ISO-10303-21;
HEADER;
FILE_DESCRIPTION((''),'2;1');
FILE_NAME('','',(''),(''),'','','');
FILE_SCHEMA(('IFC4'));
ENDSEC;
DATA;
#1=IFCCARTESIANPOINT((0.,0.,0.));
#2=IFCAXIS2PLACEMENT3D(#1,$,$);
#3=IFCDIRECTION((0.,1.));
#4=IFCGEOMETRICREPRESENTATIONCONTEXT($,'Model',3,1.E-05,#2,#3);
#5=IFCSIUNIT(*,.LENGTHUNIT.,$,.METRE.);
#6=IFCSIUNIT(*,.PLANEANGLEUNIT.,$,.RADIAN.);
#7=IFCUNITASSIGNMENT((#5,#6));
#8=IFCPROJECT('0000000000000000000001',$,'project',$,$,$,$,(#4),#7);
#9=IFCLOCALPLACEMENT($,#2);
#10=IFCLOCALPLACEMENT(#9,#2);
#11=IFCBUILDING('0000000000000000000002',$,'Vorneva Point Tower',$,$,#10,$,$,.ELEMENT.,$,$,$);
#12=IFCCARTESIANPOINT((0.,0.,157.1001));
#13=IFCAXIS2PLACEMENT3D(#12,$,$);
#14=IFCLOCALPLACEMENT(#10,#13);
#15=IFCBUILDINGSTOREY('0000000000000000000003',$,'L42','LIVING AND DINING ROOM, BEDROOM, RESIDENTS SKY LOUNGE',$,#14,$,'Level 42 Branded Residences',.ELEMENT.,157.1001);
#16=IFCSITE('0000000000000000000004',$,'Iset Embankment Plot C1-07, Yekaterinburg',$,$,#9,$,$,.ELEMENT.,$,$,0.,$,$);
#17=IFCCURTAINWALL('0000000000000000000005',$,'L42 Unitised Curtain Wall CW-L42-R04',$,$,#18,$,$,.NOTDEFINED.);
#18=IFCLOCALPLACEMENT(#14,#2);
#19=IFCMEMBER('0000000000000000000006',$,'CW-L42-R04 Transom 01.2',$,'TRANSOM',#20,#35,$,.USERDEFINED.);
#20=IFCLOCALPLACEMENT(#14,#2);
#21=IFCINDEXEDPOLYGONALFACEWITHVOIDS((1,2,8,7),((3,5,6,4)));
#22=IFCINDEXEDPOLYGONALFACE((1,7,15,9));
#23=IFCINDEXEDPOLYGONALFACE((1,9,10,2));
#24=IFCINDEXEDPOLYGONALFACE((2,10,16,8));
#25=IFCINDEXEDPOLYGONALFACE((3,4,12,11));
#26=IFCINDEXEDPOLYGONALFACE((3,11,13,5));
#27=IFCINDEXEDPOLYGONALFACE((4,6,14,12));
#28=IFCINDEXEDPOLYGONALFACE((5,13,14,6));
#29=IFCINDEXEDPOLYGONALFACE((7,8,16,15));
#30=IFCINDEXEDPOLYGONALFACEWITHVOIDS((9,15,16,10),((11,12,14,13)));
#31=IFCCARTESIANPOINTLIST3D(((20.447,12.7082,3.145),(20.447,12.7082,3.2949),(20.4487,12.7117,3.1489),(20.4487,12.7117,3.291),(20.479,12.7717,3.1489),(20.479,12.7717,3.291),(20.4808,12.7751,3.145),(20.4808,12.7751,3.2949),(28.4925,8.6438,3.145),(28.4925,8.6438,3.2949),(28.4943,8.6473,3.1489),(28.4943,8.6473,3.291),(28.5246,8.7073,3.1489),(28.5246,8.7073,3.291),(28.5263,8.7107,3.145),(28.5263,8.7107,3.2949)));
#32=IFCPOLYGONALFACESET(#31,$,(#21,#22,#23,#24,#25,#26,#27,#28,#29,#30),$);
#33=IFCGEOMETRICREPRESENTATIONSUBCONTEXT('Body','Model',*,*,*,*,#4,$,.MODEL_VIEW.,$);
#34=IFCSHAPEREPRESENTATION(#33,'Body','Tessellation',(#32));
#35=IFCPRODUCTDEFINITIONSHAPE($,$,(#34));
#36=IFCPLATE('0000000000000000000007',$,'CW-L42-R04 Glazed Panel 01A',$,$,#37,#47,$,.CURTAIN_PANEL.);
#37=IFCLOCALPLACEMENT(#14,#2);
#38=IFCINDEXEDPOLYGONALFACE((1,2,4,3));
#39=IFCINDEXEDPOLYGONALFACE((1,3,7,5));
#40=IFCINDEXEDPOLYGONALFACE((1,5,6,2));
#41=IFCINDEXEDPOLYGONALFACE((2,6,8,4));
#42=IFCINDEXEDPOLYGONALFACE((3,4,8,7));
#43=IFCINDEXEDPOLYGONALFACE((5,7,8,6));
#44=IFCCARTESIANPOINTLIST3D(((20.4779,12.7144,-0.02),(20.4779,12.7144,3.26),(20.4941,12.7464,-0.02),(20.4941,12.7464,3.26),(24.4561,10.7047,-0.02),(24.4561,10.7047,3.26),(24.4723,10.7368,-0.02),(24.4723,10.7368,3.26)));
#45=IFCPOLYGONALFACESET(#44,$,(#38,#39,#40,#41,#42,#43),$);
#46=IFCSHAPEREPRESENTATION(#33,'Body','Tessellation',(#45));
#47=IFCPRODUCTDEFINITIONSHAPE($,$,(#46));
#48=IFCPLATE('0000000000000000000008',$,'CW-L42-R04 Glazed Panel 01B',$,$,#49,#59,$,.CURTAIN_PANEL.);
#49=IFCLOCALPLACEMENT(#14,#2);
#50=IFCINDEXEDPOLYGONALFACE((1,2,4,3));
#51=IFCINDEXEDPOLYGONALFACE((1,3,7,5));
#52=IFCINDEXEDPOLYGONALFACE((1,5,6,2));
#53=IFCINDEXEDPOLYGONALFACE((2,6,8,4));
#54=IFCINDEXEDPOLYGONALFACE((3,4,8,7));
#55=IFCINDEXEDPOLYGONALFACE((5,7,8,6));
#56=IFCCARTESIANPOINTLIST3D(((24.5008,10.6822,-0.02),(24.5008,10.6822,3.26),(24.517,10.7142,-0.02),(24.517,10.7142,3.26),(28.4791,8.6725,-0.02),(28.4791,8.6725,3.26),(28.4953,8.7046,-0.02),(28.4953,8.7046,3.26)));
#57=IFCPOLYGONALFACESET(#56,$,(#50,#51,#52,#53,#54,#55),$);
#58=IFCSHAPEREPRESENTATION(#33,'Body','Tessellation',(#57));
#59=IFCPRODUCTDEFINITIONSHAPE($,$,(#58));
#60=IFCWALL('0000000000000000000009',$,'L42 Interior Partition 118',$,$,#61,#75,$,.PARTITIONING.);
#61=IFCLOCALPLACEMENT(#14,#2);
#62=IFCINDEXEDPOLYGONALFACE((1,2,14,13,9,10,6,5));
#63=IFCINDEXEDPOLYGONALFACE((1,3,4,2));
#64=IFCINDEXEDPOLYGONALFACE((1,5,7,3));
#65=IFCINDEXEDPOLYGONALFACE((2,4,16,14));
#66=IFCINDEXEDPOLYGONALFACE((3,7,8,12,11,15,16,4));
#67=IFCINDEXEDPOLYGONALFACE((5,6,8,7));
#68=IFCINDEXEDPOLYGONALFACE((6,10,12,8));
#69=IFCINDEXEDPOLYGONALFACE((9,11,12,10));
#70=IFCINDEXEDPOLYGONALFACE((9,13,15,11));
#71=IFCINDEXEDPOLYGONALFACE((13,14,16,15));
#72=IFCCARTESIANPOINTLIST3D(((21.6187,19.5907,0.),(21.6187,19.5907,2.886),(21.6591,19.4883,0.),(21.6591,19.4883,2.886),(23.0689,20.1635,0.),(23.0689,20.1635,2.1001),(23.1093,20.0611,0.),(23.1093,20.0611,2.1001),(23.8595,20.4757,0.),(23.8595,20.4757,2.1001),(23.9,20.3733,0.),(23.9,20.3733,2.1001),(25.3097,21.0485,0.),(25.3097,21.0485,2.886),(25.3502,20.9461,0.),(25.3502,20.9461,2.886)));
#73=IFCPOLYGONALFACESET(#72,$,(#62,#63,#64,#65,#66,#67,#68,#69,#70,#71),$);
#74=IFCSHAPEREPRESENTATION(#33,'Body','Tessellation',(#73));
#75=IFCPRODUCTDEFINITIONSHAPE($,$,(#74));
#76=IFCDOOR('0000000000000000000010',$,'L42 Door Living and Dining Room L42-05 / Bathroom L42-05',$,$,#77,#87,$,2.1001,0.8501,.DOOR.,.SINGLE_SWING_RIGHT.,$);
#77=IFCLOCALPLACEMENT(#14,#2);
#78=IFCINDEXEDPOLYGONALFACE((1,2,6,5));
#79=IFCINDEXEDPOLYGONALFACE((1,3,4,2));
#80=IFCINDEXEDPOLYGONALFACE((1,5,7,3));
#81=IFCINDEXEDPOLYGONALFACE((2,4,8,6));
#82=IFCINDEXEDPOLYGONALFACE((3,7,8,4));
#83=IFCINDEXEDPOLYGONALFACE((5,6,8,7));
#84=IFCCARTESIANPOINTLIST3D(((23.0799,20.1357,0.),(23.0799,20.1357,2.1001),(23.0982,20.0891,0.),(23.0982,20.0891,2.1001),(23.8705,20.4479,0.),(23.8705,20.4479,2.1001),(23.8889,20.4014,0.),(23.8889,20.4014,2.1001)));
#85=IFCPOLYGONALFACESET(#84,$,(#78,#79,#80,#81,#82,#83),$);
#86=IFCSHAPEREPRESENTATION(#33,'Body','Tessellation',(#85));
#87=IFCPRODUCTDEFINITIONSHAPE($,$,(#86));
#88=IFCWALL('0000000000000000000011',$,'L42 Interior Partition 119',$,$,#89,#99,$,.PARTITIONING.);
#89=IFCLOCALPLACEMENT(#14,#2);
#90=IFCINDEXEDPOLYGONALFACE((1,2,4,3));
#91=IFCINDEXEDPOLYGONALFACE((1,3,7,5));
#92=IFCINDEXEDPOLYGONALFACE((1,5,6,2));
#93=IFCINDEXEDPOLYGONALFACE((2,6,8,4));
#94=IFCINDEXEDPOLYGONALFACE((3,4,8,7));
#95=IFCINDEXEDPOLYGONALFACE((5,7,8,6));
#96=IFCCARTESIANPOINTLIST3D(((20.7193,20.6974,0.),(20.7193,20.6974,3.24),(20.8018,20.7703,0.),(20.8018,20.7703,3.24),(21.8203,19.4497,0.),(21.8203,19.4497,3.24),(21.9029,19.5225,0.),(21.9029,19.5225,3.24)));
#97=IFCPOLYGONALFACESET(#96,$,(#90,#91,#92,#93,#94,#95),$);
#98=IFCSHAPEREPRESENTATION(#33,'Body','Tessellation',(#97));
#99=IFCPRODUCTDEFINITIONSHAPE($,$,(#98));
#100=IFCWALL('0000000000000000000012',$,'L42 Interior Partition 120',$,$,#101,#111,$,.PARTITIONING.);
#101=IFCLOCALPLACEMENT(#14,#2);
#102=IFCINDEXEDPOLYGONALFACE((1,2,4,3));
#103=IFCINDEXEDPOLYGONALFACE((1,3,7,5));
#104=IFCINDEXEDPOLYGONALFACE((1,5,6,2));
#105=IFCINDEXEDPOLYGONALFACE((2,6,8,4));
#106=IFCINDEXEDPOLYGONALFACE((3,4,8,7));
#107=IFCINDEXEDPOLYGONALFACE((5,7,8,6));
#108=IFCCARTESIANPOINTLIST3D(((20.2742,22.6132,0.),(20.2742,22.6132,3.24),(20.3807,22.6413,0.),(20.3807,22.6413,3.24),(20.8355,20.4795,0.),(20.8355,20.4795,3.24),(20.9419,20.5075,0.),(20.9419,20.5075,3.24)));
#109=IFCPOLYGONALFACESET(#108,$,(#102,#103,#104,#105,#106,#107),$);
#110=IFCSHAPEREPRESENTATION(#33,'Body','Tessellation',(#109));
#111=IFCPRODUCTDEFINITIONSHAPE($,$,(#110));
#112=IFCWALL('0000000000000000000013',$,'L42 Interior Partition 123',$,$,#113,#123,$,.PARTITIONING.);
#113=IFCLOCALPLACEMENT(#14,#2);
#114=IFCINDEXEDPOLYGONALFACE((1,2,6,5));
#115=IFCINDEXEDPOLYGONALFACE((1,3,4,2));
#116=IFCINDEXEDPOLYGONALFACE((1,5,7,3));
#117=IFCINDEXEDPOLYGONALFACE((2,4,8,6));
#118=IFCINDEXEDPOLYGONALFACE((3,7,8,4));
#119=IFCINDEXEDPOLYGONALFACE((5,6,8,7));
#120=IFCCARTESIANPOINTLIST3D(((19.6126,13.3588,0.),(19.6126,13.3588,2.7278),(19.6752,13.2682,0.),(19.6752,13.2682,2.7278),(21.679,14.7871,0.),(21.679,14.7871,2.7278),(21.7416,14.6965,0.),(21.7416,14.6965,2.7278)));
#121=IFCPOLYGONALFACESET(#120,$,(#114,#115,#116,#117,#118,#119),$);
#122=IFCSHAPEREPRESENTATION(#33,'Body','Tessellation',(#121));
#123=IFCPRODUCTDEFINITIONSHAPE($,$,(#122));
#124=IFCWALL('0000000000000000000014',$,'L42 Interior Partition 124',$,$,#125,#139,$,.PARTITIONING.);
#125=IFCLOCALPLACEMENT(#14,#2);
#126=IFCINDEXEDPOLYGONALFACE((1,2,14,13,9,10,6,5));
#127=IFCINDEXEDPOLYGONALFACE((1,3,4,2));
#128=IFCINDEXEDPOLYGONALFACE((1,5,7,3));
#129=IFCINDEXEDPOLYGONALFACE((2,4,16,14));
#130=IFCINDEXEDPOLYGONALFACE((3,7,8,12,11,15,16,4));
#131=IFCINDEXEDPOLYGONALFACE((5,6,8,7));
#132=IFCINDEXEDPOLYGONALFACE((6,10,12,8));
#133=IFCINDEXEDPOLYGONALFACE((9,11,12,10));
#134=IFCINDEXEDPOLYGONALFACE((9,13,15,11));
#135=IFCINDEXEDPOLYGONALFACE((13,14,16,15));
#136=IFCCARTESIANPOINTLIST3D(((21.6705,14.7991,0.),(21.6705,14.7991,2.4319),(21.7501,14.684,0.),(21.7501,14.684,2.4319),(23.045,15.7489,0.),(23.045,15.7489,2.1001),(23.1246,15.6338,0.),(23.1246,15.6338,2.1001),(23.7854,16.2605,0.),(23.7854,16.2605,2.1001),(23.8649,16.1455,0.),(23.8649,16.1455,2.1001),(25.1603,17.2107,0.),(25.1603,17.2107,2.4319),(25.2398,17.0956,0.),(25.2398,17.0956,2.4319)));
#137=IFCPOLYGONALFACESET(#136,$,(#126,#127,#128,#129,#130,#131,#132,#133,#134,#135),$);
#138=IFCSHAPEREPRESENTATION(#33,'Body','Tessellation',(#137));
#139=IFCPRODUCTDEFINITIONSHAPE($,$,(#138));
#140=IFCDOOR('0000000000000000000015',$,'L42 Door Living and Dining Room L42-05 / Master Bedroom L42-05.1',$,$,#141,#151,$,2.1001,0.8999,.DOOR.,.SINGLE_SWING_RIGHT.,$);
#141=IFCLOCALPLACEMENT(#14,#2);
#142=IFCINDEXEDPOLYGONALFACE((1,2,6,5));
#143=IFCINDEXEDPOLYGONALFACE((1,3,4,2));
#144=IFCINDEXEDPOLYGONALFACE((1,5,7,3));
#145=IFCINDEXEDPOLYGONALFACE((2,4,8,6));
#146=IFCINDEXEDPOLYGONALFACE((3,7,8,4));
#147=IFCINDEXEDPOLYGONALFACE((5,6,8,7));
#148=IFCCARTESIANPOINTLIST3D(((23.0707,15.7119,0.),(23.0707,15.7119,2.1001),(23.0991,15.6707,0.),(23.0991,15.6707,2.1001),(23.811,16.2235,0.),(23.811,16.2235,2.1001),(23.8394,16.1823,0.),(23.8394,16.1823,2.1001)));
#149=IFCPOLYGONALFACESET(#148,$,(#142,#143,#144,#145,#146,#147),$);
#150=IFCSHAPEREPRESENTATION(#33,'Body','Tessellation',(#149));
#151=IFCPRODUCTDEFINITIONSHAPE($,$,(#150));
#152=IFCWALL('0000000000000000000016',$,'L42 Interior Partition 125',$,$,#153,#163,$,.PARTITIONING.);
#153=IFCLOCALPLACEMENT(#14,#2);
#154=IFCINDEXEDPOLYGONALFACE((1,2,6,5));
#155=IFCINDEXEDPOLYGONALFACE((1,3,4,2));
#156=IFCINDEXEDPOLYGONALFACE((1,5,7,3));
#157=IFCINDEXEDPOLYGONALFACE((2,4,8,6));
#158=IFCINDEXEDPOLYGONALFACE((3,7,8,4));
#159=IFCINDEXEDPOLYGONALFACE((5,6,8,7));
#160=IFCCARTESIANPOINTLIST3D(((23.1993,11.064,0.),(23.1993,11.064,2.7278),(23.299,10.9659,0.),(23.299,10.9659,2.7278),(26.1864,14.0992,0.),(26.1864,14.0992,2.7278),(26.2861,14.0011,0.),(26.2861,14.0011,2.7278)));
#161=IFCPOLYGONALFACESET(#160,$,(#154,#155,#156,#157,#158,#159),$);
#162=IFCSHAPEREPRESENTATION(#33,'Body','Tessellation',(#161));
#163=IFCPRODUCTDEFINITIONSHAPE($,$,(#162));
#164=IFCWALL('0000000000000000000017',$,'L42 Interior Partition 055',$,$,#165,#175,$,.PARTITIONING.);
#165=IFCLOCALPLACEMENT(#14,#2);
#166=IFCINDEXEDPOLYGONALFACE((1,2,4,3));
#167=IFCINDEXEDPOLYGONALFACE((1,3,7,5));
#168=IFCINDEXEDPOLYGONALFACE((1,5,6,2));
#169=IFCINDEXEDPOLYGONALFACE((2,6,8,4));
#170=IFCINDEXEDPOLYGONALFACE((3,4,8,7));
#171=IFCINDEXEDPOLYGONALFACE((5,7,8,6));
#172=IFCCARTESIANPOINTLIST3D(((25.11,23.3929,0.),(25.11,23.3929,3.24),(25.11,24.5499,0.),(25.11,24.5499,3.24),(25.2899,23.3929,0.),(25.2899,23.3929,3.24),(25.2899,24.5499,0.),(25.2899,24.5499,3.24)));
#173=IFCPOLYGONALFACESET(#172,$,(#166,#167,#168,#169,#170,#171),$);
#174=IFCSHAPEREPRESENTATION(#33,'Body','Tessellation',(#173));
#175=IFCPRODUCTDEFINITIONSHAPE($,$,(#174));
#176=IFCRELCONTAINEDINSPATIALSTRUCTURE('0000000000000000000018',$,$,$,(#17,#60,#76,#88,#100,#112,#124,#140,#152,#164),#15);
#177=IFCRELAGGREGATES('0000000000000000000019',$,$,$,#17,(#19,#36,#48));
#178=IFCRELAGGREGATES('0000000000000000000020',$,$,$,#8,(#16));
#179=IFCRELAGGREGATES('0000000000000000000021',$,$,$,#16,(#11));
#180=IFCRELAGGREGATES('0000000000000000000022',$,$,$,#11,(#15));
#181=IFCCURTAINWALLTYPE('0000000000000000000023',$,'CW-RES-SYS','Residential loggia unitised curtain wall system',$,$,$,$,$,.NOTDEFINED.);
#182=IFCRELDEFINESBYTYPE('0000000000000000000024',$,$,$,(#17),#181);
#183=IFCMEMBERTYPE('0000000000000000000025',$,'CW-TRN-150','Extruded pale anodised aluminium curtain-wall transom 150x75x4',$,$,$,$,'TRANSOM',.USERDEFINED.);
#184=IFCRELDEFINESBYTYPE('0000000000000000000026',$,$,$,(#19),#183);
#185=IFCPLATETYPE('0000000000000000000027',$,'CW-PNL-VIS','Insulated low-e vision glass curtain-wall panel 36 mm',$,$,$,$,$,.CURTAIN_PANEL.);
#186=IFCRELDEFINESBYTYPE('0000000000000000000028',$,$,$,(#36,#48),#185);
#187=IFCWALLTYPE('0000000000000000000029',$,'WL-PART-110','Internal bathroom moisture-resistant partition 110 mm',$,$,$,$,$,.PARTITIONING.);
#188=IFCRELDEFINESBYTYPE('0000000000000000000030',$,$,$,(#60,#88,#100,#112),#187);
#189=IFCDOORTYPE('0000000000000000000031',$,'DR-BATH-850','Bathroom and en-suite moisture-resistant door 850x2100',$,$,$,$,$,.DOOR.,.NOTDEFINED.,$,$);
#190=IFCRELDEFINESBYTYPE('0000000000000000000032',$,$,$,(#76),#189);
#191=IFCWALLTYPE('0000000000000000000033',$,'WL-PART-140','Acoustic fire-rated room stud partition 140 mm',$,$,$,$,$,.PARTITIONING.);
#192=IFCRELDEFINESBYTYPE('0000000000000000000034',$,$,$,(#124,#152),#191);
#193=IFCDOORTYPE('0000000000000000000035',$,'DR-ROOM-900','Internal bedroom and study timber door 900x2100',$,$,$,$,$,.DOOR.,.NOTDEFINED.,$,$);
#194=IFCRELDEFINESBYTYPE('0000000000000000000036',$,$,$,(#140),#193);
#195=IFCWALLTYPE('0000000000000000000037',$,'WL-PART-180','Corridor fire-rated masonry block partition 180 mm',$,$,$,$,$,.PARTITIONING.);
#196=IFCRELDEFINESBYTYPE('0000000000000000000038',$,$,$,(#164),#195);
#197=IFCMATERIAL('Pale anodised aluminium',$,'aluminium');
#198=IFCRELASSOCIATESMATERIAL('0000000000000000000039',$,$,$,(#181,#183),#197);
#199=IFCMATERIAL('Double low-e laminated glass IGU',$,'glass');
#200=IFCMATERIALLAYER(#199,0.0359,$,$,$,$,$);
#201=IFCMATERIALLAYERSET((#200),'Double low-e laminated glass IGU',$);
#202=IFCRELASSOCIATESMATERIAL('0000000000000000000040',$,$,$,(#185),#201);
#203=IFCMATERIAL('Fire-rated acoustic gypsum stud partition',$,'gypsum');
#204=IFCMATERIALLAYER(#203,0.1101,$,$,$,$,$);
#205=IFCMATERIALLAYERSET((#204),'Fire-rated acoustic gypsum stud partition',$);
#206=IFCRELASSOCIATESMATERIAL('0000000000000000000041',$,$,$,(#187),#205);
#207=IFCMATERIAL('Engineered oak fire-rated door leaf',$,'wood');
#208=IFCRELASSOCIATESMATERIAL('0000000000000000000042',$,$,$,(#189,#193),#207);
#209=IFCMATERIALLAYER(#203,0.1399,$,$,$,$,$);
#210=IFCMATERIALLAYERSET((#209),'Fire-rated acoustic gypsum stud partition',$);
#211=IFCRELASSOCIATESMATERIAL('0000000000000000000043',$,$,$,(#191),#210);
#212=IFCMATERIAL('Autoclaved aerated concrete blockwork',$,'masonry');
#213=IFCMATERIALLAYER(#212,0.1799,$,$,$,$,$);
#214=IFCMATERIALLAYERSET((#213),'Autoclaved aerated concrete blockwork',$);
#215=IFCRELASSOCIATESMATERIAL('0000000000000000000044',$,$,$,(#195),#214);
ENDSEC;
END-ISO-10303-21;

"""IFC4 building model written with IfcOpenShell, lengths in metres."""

from ifc_helpers import new_model, si_unit, direction, frame, frame_2d, origin, origin_2d, place, context, subcontext, project, spatial, rectangle, hollow_rectangle, extrude, material, layer, layer_set, material_profile, profile_set, type_object, element, fill, aggregate, save


model = new_model("IFC4")

# Units and contexts
model_context = context("Model", 3, precision=1e-05, world=origin(), true_north=direction((0.0, 1.0)))
body_context = subcontext(model_context, "Body", "Model", "MODEL_VIEW")
ifc_project = project(units=[si_unit("LENGTHUNIT", "METRE"), si_unit("PLANEANGLEUNIT", "RADIAN")], contexts=[model_context])

# Site, building, storey
site_placement = place(None, origin())
site = spatial("IfcSite", under=ifc_project, at=site_placement, Name="Iset Embankment Plot C1-07, Yekaterinburg", CompositionType="ELEMENT", RefElevation=0.0)
building_placement = place(site_placement, origin())
building = spatial("IfcBuilding", under=site, at=building_placement, Name="Vorneva Point Tower", CompositionType="ELEMENT")
storey_placement = place(building_placement, frame((0.0, 0.0, 157.1001)))
storey = spatial("IfcBuildingStorey", under=building, at=storey_placement, Name="L42", Description="LIVING AND DINING ROOM, BEDROOM, RESIDENTS SKY LOUNGE", LongName="Level 42 Branded Residences", CompositionType="ELEMENT", Elevation=157.1001)

# Curtain wall, member, plates
ifc_material_1 = material(Name="Pale anodised aluminium", Category="aluminium")
curtain_wall_type = type_object("IfcCurtainWallType", Name="CW-RES-SYS", Description="Residential loggia unitised curtain wall system", PredefinedType="NOTDEFINED", material=ifc_material_1)
curtain_wall_placement = place(storey_placement, origin())
curtain_wall = element("IfcCurtainWall", 1, at=curtain_wall_placement, inside=storey, type_object=curtain_wall_type, Name="L42 Unitised Curtain Wall CW-L42-R04", PredefinedType="NOTDEFINED")
ifc_material_profile_1 = material_profile(ifc_material_1, hollow_rectangle(XDim=0.075, YDim=0.1499, WallThickness=0.0039, at=origin_2d()), Name="AL-TRN 150x75x4")
ifc_profile_set_1 = profile_set([ifc_material_profile_1], Name="Pale anodised aluminium")
member_type_1 = type_object("IfcMemberType", Name="CW-TRN-150", Description="Extruded pale anodised aluminium curtain-wall transom 150x75x4", ElementType="TRANSOM", PredefinedType="USERDEFINED", material=ifc_profile_set_1)
member_1_placement = place(storey_placement, frame((20.4639, 12.7417, 3.22), z_axis=(0.892572, -0.450904, 0.0), x_axis=(0.450904, 0.892572, 0.0)))
member_1 = element("IfcMember", 2, at=member_1_placement, type_object=member_type_1, Name="CW-L42-R04 Transom 01.2", ObjectType="TRANSOM", PredefinedType="USERDEFINED", context=body_context, shape_type="SweptSolid", body=[
    extrude(hollow_rectangle(XDim=0.075, YDim=0.1499, WallThickness=0.0039, at=origin_2d()), origin(), (0.0, 0.0, 1.0), 9.0139),
])
ifc_material_2 = material(Name="Double low-e laminated glass IGU", Category="glass")
ifc_layer_1 = layer(ifc_material_2, 0.0359)
ifc_layer_set_1 = layer_set([ifc_layer_1], Name="Double low-e laminated glass IGU")
plate_type = type_object("IfcPlateType", Name="CW-PNL-VIS", Description="Insulated low-e vision glass curtain-wall panel 36 mm", PredefinedType="CURTAIN_PANEL", material=ifc_layer_set_1)
plate_1_placement = place(storey_placement, frame((22.4751, 11.7256, -0.02), z_axis=(0.0, 0.0, 1.0), x_axis=(0.892578, -0.450893, 0.0)))
plate_1 = element("IfcPlate", 3, at=plate_1_placement, type_object=plate_type, Name="CW-L42-R04 Glazed Panel 01A", PredefinedType="CURTAIN_PANEL", context=body_context, shape_type="SweptSolid", body=[
    extrude(rectangle(XDim=4.457, YDim=0.0359, at=origin_2d()), origin(), (0.0, 0.0, 1.0), 3.28),
])
plate_2_placement = place(storey_placement, frame((26.498, 9.6934, -0.02), z_axis=(0.0, 0.0, 1.0), x_axis=(0.892578, -0.450893, 0.0)))
plate_2 = element("IfcPlate", 4, at=plate_2_placement, type_object=plate_type, Name="CW-L42-R04 Glazed Panel 01B", PredefinedType="CURTAIN_PANEL", context=body_context, shape_type="SweptSolid", body=[
    extrude(rectangle(XDim=4.457, YDim=0.0359, at=origin_2d()), origin(), (0.0, 0.0, 1.0), 3.28),
])
aggregate(curtain_wall, [member_1, plate_1, plate_2])

# Wall, opening, door
ifc_material_3 = material(Name="Fire-rated acoustic gypsum stud partition", Category="gypsum")
ifc_layer_2 = layer(ifc_material_3, 0.1101)
ifc_layer_set_2 = layer_set([ifc_layer_2], Name="Fire-rated acoustic gypsum stud partition")
wall_type_1 = type_object("IfcWallType", Name="WL-PART-110", Description="Internal bathroom moisture-resistant partition 110 mm", PredefinedType="PARTITIONING", material=ifc_layer_set_2)
wall_1_placement = place(storey_placement, frame((25.3301, 20.9973, 0.0), z_axis=(0.0, 0.0, 1.0), x_axis=(-0.930093, -0.367325, 0.0)))
wall_1 = element("IfcWall", 5, at=wall_1_placement, inside=storey, type_object=wall_type_1, Name="L42 Interior Partition 118", PredefinedType="PARTITIONING", context=body_context, shape_type="SweptSolid", body=[
    extrude(rectangle(XDim=3.9685, YDim=0.1101, at=frame_2d((1.9844, 0.0))), origin(), (0.0, 0.0, 1.0), 2.886),
])
opening_1_placement = place(wall_1_placement, frame((1.5593, 0.0, 0.0)))
opening_1 = element("IfcOpeningElement", 6, at=opening_1_placement, cuts=wall_1, PredefinedType="OPENING", context=body_context, shape_type="SweptSolid", body=[
    extrude(rectangle(XDim=0.8501, YDim=2.1001, at=frame_2d((0.425, 1.05))), frame((0.0, 0.0698, 0.0), z_axis=(0.0, -1.0, 0.0), x_axis=(1.0, 0.0, 0.0)), (0.0, 0.0, 1.0), 0.1399),
])
ifc_material_4 = material(Name="Engineered oak fire-rated door leaf", Category="wood")
door_type_1 = type_object("IfcDoorType", Name="DR-BATH-850", Description="Bathroom and en-suite moisture-resistant door 850x2100", OperationType="NOTDEFINED", PredefinedType="DOOR", material=ifc_material_4)
door_1_placement = place(opening_1_placement, origin())
door_1 = element("IfcDoor", 7, at=door_1_placement, inside=storey, type_object=door_type_1, Name="L42 Door Living and Dining Room L42-05 / Bathroom L42-05", OperationType="SINGLE_SWING_RIGHT", OverallHeight=2.1001, OverallWidth=0.8501, PredefinedType="DOOR", context=body_context, shape_type="SweptSolid", body=[
    extrude(rectangle(XDim=0.8501, YDim=2.1001, at=frame_2d((0.425, 1.05))), frame((0.0, 0.0249, 0.0), z_axis=(0.0, -1.0, 0.0), x_axis=(1.0, 0.0, 0.0)), (0.0, 0.0, 1.0), 0.05),
])
fill(opening_1, door_1)

# Walls
wall_2_placement = place(storey_placement, frame((21.8616, 19.4861, 0.0), z_axis=(0.0, 0.0, 1.0), x_axis=(-0.661646, 0.749816, 0.0)))
element("IfcWall", 8, at=wall_2_placement, inside=storey, type_object=wall_type_1, Name="L42 Interior Partition 119", PredefinedType="PARTITIONING", context=body_context, shape_type="SweptSolid", body=[
    extrude(rectangle(XDim=1.6641, YDim=0.1101, at=frame_2d((0.832, 0.0))), origin(), (0.0, 0.0, 1.0), 3.24),
])
wall_3_placement = place(storey_placement, frame((20.8887, 20.4937, 0.0), z_axis=(0.0, 0.0, 1.0), x_axis=(-0.25439, 0.967102, 0.0)))
element("IfcWall", 9, at=wall_3_placement, inside=storey, type_object=wall_type_1, Name="L42 Interior Partition 120", PredefinedType="PARTITIONING", context=body_context, shape_type="SweptSolid", body=[
    extrude(rectangle(XDim=2.2063, YDim=0.1101, at=frame_2d((1.103, 0.0))), origin(), (0.0, 0.0, 1.0), 3.24),
])
wall_4_placement = place(storey_placement, frame((21.7102, 14.7417, 0.0), z_axis=(0.0, 0.0, 1.0), x_axis=(-0.822633, -0.568573, 0.0)))
element("IfcWall", 10, at=wall_4_placement, inside=storey, type_object=wall_type_1, Name="L42 Interior Partition 123", PredefinedType="PARTITIONING", context=body_context, shape_type="SweptSolid", body=[
    extrude(rectangle(XDim=2.512, YDim=0.1101, at=frame_2d((1.2559, 0.0))), origin(), (0.0, 0.0, 1.0), 2.7278),
])

# Wall, opening, door
ifc_layer_3 = layer(ifc_material_3, 0.1399)
ifc_layer_set_3 = layer_set([ifc_layer_3], Name="Fire-rated acoustic gypsum stud partition")
wall_type_2 = type_object("IfcWallType", Name="WL-PART-140", Description="Acoustic fire-rated room stud partition 140 mm", PredefinedType="PARTITIONING", material=ifc_layer_set_3)
wall_5_placement = place(storey_placement, frame((21.7102, 14.7415, 0.0), z_axis=(0.0, 0.0, 1.0), x_axis=(0.822673, 0.568515, 0.0)))
wall_5 = element("IfcWall", 11, at=wall_5_placement, inside=storey, type_object=wall_type_2, Name="L42 Interior Partition 124", PredefinedType="PARTITIONING", context=body_context, shape_type="SweptSolid", body=[
    extrude(rectangle(XDim=4.2419, YDim=0.1399, at=frame_2d((2.1211, 0.0))), origin(), (0.0, 0.0, 1.0), 2.4319),
])
opening_2_placement = place(wall_5_placement, frame((1.6709, 0.0, 0.0)))
opening_2 = element("IfcOpeningElement", 12, at=opening_2_placement, cuts=wall_5, PredefinedType="OPENING", context=body_context, shape_type="SweptSolid", body=[
    extrude(rectangle(XDim=0.8999, YDim=2.1001, at=frame_2d((0.45, 1.05))), frame((0.0, 0.085, 0.0), z_axis=(0.0, -1.0, 0.0), x_axis=(1.0, 0.0, 0.0)), (0.0, 0.0, 1.0), 0.1697),
])
door_type_2 = type_object("IfcDoorType", Name="DR-ROOM-900", Description="Internal bedroom and study timber door 900x2100", OperationType="NOTDEFINED", PredefinedType="DOOR", material=ifc_material_4)
door_2_placement = place(opening_2_placement, origin())
door_2 = element("IfcDoor", 13, at=door_2_placement, inside=storey, type_object=door_type_2, Name="L42 Door Living and Dining Room L42-05 / Master Bedroom L42-05.1", OperationType="SINGLE_SWING_RIGHT", OverallHeight=2.1001, OverallWidth=0.8999, PredefinedType="DOOR", context=body_context, shape_type="SweptSolid", body=[
    extrude(rectangle(XDim=0.8999, YDim=2.1001, at=frame_2d((0.45, 1.05))), frame((0.0, 0.0249, 0.0), z_axis=(0.0, -1.0, 0.0), x_axis=(1.0, 0.0, 0.0)), (0.0, 0.0, 1.0), 0.05),
])
fill(opening_2, door_2)

# Walls
wall_6_placement = place(storey_placement, frame((23.249, 11.0149, 0.0), z_axis=(0.0, 0.0, 1.0), x_axis=(0.701437, 0.712731, 0.0)))
element("IfcWall", 14, at=wall_6_placement, inside=storey, type_object=wall_type_2, Name="L42 Interior Partition 125", PredefinedType="PARTITIONING", context=body_context, shape_type="SweptSolid", body=[
    extrude(rectangle(XDim=4.2585, YDim=0.1399, at=frame_2d((2.1294, 0.0))), origin(), (0.0, 0.0, 1.0), 2.7278),
])
ifc_material_5 = material(Name="Autoclaved aerated concrete blockwork", Category="masonry")
ifc_layer_4 = layer(ifc_material_5, 0.1799)
ifc_layer_set_4 = layer_set([ifc_layer_4], Name="Autoclaved aerated concrete blockwork")
wall_type_3 = type_object("IfcWallType", Name="WL-PART-180", Description="Corridor fire-rated masonry block partition 180 mm", PredefinedType="PARTITIONING", material=ifc_layer_set_4)
wall_7_placement = place(storey_placement, frame((25.2, 24.55, 0.0), z_axis=(0.0, 0.0, 1.0), x_axis=(0.0, -1.0, 0.0)))
element("IfcWall", 15, at=wall_7_placement, inside=storey, type_object=wall_type_3, Name="L42 Interior Partition 055", PredefinedType="PARTITIONING", context=body_context, shape_type="SweptSolid", body=[
    extrude(rectangle(XDim=1.157, YDim=0.1799, at=frame_2d((0.5786, 0.0))), origin(), (0.0, 0.0, 1.0), 3.24),
])

save(model, "model.ifc")
